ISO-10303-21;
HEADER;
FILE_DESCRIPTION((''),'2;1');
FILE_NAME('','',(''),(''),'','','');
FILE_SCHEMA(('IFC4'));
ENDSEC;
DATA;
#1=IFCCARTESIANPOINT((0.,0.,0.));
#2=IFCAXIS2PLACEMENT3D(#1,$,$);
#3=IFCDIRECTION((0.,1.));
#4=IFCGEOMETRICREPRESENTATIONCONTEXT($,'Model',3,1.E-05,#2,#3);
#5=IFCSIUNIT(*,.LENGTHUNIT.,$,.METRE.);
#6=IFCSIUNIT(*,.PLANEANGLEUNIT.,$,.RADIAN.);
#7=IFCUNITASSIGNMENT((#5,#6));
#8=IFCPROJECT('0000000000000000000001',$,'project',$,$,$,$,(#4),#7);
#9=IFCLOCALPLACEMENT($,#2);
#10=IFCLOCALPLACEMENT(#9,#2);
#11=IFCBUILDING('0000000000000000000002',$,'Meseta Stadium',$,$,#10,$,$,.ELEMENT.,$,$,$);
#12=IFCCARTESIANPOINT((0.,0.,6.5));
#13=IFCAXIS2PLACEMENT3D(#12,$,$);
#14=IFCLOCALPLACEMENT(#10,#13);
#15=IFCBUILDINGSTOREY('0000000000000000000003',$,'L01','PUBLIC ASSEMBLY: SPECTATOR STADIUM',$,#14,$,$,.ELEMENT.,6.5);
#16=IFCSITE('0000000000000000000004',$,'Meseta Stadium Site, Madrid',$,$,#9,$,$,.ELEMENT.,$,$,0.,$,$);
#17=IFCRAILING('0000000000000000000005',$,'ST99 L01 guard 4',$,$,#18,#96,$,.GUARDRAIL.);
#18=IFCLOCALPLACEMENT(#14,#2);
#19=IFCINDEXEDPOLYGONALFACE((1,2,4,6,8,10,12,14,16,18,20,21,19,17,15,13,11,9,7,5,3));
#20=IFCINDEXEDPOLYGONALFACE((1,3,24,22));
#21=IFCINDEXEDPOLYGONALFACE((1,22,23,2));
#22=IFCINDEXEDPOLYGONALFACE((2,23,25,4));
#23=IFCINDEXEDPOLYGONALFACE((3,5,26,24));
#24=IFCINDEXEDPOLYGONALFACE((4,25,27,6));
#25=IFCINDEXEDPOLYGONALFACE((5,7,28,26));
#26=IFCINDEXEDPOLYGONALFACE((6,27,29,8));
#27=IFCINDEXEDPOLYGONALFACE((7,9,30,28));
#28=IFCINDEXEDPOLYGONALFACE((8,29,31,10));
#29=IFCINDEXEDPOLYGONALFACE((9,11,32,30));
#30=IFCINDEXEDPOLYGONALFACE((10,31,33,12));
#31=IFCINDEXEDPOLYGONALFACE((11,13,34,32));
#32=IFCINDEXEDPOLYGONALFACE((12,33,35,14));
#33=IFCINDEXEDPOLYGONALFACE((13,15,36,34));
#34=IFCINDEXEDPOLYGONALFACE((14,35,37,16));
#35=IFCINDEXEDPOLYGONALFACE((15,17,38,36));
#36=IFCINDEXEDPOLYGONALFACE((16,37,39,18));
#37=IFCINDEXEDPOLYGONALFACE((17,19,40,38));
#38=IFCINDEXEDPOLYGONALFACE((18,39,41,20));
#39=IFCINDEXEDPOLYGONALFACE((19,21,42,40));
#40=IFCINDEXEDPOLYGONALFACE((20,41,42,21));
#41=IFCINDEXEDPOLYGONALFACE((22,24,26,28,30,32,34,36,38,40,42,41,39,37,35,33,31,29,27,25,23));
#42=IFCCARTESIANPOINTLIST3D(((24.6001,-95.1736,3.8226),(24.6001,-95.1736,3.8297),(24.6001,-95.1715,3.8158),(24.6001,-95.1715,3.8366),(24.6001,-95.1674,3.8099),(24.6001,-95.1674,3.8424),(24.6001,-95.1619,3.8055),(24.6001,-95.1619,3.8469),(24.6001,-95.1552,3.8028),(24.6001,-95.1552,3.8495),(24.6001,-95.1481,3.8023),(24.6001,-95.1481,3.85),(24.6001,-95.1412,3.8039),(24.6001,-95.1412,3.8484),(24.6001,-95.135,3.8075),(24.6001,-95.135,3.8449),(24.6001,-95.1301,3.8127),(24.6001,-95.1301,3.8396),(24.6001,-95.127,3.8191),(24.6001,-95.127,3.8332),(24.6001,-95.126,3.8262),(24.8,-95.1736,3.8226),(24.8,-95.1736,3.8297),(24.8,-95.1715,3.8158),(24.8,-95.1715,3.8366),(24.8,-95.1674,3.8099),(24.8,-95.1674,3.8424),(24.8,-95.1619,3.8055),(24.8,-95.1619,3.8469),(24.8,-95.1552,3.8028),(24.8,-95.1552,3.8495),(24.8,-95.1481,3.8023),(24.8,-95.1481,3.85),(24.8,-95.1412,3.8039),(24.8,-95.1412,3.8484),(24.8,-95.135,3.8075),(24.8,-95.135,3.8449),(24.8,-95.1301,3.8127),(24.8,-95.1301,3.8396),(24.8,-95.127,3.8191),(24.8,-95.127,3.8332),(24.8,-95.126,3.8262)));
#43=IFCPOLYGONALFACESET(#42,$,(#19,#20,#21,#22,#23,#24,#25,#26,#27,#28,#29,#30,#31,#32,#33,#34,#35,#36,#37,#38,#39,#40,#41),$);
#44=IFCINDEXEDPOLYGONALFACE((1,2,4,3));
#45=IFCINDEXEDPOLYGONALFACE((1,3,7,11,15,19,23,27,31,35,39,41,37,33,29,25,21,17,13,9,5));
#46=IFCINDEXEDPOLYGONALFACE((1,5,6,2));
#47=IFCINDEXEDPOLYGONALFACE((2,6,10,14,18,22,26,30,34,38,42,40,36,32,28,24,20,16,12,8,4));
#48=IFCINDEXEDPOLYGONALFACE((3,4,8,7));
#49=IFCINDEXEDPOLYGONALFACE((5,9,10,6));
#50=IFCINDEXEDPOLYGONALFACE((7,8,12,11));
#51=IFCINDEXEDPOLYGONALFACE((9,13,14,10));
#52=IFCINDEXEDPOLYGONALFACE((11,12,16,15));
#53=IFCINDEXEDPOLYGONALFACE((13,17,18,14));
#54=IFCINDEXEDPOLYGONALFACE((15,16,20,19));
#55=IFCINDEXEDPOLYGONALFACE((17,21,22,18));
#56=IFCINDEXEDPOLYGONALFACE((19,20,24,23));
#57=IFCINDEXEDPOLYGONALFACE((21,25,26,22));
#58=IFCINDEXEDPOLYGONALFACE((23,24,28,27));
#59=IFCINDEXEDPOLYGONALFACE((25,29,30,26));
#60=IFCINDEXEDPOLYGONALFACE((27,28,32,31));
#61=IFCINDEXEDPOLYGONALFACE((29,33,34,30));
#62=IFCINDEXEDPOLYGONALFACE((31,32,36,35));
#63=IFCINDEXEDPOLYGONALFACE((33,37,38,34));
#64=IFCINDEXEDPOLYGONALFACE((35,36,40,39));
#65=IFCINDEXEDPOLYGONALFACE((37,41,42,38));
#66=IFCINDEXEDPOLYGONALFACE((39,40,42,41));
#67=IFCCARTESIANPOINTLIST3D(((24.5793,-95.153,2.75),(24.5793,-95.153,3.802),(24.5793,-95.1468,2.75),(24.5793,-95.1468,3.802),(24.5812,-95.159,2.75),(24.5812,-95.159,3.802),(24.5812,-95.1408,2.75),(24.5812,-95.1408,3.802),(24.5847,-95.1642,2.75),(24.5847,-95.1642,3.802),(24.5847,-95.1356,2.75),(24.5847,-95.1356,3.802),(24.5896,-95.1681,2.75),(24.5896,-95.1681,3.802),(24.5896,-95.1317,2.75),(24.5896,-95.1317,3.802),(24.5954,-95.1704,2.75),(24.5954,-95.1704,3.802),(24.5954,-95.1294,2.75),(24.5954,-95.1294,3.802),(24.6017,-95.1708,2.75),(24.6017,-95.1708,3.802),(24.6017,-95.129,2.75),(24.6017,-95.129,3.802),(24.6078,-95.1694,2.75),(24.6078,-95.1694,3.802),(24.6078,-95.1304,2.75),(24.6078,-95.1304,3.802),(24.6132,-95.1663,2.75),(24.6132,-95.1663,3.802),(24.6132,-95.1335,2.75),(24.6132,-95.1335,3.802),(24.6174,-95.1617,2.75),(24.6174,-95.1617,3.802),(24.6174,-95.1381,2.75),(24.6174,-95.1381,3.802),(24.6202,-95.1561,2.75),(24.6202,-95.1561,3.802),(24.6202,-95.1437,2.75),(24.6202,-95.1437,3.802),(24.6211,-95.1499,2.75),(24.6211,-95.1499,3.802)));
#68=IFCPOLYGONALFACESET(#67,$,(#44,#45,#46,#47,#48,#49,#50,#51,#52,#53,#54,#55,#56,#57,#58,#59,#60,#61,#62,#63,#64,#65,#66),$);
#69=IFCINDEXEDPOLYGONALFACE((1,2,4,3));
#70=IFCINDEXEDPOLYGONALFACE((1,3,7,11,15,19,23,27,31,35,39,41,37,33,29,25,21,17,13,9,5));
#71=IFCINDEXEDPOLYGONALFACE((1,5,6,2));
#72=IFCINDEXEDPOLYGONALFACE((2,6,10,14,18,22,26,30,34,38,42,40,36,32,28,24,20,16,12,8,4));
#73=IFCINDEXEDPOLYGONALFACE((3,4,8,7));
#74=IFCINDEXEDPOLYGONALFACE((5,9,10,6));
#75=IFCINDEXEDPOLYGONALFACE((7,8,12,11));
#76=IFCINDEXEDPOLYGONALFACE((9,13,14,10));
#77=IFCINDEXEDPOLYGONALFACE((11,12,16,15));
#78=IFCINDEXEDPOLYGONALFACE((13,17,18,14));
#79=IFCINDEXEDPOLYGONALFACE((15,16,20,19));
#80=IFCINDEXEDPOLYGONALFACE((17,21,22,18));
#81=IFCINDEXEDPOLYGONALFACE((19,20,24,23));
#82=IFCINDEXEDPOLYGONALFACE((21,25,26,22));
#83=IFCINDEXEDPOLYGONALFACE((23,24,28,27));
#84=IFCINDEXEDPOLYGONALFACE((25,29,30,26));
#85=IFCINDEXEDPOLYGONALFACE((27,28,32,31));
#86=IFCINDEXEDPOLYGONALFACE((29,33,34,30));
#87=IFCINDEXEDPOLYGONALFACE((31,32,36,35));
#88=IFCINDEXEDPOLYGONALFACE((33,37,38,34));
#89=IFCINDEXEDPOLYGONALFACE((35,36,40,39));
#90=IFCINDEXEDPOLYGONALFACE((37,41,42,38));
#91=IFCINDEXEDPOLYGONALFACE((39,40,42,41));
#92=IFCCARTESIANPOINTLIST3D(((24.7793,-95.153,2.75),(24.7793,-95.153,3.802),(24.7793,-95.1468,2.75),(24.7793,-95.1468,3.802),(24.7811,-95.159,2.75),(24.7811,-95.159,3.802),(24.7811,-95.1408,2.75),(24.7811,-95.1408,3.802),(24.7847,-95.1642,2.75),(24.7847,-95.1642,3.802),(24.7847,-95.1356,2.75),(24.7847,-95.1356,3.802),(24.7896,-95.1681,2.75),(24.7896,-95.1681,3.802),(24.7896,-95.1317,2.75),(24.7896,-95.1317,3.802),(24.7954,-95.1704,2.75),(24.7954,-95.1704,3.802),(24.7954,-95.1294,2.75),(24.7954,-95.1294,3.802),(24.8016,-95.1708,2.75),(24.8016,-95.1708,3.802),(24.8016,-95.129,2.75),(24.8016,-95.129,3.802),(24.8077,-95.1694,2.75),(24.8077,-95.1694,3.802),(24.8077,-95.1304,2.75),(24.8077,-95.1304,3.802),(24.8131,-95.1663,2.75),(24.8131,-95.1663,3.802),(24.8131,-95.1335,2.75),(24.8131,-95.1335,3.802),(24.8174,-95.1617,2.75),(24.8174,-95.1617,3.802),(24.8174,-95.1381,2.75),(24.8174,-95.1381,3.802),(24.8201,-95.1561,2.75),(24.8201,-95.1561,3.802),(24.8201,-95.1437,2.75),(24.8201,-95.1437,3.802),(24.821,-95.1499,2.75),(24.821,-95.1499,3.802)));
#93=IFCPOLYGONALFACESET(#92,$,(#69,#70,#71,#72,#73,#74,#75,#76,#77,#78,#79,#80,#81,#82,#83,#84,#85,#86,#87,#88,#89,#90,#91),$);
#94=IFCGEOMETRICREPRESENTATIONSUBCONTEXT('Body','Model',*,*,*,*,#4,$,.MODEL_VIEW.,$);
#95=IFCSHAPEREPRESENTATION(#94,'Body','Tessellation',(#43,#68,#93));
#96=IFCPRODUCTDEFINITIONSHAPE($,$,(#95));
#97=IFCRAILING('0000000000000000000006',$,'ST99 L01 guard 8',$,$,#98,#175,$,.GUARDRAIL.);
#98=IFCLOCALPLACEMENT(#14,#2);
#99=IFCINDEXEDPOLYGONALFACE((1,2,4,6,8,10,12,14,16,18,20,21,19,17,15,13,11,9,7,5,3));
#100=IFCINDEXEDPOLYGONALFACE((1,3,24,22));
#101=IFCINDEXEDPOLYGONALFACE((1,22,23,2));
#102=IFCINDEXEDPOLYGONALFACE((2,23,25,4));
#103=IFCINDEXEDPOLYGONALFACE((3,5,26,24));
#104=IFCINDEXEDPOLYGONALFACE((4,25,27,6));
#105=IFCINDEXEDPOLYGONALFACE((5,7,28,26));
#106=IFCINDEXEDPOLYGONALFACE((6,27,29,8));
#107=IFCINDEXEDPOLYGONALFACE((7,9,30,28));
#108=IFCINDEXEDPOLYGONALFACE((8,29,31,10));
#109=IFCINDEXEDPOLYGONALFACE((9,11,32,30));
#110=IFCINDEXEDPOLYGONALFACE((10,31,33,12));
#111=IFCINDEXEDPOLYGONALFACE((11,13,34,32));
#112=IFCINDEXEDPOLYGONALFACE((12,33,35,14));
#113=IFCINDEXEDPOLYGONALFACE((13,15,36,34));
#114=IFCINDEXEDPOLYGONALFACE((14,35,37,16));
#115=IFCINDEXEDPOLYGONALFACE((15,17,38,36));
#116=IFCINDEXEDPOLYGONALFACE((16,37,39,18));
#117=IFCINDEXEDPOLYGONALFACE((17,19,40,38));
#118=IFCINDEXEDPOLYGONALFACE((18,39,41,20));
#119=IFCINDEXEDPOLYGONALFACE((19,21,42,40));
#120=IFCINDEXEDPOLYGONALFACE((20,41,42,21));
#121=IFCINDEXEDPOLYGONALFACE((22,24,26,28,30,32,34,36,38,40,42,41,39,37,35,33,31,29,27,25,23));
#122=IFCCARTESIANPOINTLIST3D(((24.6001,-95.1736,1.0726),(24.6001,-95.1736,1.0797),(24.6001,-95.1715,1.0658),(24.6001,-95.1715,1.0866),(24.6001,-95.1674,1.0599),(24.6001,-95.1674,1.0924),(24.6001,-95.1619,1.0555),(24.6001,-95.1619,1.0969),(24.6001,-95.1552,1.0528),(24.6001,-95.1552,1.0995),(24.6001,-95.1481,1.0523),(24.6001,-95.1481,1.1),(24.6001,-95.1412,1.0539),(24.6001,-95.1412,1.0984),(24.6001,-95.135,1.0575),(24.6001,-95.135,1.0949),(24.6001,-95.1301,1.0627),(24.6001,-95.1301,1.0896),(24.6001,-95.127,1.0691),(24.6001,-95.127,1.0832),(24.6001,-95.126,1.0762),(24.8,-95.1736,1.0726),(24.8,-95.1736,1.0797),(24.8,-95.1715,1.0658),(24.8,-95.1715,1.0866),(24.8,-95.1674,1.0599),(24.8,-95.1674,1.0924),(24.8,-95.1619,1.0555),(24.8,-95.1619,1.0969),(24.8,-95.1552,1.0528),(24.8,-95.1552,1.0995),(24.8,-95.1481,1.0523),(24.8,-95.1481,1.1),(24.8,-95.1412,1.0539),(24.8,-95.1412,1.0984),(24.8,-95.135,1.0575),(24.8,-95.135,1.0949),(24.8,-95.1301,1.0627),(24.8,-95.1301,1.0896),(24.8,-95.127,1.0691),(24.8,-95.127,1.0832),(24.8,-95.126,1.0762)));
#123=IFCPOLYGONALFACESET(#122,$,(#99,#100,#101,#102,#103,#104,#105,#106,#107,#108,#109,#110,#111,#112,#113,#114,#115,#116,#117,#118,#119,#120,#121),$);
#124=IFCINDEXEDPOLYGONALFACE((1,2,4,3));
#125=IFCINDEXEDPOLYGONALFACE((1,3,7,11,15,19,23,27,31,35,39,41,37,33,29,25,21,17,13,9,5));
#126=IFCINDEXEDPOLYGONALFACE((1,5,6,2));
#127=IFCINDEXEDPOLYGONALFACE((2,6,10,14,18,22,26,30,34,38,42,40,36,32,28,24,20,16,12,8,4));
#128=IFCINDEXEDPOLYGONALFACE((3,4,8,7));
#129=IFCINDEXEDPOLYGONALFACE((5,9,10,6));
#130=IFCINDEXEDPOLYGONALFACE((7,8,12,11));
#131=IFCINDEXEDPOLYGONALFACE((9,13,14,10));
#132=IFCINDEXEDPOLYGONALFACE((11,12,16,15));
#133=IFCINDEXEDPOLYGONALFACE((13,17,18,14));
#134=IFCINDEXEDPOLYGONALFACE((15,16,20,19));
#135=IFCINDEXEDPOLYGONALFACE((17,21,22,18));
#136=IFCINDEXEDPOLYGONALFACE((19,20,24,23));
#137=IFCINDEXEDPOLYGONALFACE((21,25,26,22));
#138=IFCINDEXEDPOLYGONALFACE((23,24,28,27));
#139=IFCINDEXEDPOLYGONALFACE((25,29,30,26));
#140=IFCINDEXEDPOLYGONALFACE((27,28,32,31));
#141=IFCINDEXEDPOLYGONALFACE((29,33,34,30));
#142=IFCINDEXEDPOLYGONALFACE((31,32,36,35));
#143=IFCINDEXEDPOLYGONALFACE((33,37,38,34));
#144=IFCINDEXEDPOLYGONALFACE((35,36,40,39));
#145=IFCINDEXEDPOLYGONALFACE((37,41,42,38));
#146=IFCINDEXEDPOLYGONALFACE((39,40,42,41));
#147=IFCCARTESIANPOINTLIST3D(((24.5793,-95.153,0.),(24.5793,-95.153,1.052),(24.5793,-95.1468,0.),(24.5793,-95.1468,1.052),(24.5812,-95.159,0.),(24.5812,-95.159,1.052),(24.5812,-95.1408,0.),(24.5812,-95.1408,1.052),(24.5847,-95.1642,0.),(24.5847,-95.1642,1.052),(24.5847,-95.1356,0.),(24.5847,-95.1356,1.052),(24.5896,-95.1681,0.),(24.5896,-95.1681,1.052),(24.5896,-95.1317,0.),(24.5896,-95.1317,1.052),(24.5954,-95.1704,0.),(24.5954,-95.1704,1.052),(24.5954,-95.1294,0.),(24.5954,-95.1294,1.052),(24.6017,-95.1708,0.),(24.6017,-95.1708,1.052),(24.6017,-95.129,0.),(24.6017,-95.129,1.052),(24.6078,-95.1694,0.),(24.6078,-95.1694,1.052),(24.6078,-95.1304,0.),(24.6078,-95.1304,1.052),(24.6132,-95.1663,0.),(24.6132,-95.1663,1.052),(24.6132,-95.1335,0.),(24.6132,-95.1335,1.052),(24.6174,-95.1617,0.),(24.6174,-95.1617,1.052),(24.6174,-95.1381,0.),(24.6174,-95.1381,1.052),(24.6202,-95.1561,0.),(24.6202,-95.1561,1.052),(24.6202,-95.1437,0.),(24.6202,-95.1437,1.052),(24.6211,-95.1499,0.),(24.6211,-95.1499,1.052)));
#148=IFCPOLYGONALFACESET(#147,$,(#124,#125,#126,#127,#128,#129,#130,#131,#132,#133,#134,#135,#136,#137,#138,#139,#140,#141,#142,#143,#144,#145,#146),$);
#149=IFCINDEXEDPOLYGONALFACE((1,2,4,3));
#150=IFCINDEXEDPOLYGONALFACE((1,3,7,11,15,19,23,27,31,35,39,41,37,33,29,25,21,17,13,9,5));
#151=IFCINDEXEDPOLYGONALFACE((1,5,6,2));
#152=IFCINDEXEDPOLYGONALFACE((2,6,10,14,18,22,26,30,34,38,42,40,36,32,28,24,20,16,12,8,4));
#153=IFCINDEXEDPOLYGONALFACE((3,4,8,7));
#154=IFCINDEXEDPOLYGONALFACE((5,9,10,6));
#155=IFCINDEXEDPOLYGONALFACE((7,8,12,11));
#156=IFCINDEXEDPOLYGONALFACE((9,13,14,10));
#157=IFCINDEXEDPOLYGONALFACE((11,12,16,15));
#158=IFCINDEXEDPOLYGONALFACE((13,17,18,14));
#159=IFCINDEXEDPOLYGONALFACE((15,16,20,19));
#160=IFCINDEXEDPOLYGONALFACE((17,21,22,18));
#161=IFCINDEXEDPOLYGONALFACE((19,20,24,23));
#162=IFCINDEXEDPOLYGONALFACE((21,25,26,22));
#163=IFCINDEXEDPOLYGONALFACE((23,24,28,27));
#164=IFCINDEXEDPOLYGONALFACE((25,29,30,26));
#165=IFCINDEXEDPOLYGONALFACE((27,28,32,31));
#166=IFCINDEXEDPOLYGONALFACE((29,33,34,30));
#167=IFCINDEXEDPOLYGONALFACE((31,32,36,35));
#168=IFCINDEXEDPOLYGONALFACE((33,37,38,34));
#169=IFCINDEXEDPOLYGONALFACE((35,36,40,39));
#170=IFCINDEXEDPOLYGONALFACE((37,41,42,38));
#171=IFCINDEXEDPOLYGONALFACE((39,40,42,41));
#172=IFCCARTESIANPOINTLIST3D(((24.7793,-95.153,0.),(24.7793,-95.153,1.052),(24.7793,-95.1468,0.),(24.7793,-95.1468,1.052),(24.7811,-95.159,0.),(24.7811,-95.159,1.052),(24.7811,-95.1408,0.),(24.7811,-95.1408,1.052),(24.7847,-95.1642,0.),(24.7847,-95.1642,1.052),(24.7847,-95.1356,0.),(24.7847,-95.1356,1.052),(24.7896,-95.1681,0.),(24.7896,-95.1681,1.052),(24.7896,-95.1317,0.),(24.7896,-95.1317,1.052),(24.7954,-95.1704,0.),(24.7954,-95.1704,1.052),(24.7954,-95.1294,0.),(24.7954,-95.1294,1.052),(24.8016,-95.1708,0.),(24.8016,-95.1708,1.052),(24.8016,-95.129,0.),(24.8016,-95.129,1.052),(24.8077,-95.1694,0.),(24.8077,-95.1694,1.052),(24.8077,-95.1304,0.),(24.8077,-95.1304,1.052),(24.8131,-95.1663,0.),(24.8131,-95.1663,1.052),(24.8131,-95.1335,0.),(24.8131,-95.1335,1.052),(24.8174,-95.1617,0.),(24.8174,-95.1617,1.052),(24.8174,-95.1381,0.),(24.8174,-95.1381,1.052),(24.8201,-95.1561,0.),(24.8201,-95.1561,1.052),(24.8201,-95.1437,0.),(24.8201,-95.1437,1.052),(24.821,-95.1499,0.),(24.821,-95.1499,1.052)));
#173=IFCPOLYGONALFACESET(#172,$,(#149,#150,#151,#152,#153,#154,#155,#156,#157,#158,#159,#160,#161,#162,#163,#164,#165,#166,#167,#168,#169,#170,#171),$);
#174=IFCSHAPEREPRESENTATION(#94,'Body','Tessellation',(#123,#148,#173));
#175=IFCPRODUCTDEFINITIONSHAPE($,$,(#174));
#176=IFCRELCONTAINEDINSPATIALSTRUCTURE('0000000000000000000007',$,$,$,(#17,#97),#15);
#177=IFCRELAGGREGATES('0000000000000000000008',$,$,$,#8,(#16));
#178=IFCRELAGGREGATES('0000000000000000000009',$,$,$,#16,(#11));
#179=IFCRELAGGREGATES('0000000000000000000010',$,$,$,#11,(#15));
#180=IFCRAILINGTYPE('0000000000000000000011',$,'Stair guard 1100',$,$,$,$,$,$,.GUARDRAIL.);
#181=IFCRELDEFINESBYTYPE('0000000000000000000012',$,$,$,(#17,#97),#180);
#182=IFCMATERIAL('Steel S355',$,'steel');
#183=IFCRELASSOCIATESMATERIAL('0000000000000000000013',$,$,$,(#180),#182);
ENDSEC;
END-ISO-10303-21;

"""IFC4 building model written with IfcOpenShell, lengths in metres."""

from ifc_helpers import new_model, si_unit, direction, frame, origin, origin_2d, place, context, subcontext, project, spatial, circle, extrude, material, type_object, element, save


model = new_model("IFC4")

# Units and contexts
model_context = context("Model", 3, precision=1e-05, world=origin(), true_north=direction((0.0, 1.0)))
body_context = subcontext(model_context, "Body", "Model", "MODEL_VIEW")
ifc_project = project(units=[si_unit("LENGTHUNIT", "METRE"), si_unit("PLANEANGLEUNIT", "RADIAN")], contexts=[model_context])

# Site, building, storey
site_placement = place(None, origin())
site = spatial("IfcSite", under=ifc_project, at=site_placement, Name="Meseta Stadium Site, Madrid", CompositionType="ELEMENT", RefElevation=0.0)
building_placement = place(site_placement, origin())
building = spatial("IfcBuilding", under=site, at=building_placement, Name="Meseta Stadium", CompositionType="ELEMENT")
storey_placement = place(building_placement, frame((0.0, 0.0, 6.5)))
storey = spatial("IfcBuildingStorey", under=building, at=storey_placement, Name="L01", Description="PUBLIC ASSEMBLY: SPECTATOR STADIUM", CompositionType="ELEMENT", Elevation=6.5)

# Railings
ifc_material_1 = material(Name="Steel S355", Category="steel")
railing_type = type_object("IfcRailingType", Name="Stair guard 1100", PredefinedType="GUARDRAIL", material=ifc_material_1)
for number, where, name in (
    (1, (24.6001, -95.1499, 2.75), "ST99 L01 guard 4"),
    (2, (24.6001, -95.1499, 0.0), "ST99 L01 guard 8"),
):
    element("IfcRailing", number, at=place(storey_placement, frame(where)), inside=storey, type_object=railing_type, Name=name, PredefinedType="GUARDRAIL", context=body_context, shape_type="SweptSolid", body=[
        extrude(circle(Radius=0.0239, at=origin_2d()), frame((0.0, 0.0, 1.0762), z_axis=(1.0, 0.0, 0.0), x_axis=(0.0, 1.0, 0.0)), (0.0, 0.0, 1.0), 0.2),
        extrude(circle(Radius=0.021, at=origin_2d()), origin(), (0.0, 0.0, 1.0), 1.052),
        extrude(circle(Radius=0.021, at=origin_2d()), frame((0.2, 0.0, 0.0)), (0.0, 0.0, 1.0), 1.052),
    ])

save(model, "model.ifc")
